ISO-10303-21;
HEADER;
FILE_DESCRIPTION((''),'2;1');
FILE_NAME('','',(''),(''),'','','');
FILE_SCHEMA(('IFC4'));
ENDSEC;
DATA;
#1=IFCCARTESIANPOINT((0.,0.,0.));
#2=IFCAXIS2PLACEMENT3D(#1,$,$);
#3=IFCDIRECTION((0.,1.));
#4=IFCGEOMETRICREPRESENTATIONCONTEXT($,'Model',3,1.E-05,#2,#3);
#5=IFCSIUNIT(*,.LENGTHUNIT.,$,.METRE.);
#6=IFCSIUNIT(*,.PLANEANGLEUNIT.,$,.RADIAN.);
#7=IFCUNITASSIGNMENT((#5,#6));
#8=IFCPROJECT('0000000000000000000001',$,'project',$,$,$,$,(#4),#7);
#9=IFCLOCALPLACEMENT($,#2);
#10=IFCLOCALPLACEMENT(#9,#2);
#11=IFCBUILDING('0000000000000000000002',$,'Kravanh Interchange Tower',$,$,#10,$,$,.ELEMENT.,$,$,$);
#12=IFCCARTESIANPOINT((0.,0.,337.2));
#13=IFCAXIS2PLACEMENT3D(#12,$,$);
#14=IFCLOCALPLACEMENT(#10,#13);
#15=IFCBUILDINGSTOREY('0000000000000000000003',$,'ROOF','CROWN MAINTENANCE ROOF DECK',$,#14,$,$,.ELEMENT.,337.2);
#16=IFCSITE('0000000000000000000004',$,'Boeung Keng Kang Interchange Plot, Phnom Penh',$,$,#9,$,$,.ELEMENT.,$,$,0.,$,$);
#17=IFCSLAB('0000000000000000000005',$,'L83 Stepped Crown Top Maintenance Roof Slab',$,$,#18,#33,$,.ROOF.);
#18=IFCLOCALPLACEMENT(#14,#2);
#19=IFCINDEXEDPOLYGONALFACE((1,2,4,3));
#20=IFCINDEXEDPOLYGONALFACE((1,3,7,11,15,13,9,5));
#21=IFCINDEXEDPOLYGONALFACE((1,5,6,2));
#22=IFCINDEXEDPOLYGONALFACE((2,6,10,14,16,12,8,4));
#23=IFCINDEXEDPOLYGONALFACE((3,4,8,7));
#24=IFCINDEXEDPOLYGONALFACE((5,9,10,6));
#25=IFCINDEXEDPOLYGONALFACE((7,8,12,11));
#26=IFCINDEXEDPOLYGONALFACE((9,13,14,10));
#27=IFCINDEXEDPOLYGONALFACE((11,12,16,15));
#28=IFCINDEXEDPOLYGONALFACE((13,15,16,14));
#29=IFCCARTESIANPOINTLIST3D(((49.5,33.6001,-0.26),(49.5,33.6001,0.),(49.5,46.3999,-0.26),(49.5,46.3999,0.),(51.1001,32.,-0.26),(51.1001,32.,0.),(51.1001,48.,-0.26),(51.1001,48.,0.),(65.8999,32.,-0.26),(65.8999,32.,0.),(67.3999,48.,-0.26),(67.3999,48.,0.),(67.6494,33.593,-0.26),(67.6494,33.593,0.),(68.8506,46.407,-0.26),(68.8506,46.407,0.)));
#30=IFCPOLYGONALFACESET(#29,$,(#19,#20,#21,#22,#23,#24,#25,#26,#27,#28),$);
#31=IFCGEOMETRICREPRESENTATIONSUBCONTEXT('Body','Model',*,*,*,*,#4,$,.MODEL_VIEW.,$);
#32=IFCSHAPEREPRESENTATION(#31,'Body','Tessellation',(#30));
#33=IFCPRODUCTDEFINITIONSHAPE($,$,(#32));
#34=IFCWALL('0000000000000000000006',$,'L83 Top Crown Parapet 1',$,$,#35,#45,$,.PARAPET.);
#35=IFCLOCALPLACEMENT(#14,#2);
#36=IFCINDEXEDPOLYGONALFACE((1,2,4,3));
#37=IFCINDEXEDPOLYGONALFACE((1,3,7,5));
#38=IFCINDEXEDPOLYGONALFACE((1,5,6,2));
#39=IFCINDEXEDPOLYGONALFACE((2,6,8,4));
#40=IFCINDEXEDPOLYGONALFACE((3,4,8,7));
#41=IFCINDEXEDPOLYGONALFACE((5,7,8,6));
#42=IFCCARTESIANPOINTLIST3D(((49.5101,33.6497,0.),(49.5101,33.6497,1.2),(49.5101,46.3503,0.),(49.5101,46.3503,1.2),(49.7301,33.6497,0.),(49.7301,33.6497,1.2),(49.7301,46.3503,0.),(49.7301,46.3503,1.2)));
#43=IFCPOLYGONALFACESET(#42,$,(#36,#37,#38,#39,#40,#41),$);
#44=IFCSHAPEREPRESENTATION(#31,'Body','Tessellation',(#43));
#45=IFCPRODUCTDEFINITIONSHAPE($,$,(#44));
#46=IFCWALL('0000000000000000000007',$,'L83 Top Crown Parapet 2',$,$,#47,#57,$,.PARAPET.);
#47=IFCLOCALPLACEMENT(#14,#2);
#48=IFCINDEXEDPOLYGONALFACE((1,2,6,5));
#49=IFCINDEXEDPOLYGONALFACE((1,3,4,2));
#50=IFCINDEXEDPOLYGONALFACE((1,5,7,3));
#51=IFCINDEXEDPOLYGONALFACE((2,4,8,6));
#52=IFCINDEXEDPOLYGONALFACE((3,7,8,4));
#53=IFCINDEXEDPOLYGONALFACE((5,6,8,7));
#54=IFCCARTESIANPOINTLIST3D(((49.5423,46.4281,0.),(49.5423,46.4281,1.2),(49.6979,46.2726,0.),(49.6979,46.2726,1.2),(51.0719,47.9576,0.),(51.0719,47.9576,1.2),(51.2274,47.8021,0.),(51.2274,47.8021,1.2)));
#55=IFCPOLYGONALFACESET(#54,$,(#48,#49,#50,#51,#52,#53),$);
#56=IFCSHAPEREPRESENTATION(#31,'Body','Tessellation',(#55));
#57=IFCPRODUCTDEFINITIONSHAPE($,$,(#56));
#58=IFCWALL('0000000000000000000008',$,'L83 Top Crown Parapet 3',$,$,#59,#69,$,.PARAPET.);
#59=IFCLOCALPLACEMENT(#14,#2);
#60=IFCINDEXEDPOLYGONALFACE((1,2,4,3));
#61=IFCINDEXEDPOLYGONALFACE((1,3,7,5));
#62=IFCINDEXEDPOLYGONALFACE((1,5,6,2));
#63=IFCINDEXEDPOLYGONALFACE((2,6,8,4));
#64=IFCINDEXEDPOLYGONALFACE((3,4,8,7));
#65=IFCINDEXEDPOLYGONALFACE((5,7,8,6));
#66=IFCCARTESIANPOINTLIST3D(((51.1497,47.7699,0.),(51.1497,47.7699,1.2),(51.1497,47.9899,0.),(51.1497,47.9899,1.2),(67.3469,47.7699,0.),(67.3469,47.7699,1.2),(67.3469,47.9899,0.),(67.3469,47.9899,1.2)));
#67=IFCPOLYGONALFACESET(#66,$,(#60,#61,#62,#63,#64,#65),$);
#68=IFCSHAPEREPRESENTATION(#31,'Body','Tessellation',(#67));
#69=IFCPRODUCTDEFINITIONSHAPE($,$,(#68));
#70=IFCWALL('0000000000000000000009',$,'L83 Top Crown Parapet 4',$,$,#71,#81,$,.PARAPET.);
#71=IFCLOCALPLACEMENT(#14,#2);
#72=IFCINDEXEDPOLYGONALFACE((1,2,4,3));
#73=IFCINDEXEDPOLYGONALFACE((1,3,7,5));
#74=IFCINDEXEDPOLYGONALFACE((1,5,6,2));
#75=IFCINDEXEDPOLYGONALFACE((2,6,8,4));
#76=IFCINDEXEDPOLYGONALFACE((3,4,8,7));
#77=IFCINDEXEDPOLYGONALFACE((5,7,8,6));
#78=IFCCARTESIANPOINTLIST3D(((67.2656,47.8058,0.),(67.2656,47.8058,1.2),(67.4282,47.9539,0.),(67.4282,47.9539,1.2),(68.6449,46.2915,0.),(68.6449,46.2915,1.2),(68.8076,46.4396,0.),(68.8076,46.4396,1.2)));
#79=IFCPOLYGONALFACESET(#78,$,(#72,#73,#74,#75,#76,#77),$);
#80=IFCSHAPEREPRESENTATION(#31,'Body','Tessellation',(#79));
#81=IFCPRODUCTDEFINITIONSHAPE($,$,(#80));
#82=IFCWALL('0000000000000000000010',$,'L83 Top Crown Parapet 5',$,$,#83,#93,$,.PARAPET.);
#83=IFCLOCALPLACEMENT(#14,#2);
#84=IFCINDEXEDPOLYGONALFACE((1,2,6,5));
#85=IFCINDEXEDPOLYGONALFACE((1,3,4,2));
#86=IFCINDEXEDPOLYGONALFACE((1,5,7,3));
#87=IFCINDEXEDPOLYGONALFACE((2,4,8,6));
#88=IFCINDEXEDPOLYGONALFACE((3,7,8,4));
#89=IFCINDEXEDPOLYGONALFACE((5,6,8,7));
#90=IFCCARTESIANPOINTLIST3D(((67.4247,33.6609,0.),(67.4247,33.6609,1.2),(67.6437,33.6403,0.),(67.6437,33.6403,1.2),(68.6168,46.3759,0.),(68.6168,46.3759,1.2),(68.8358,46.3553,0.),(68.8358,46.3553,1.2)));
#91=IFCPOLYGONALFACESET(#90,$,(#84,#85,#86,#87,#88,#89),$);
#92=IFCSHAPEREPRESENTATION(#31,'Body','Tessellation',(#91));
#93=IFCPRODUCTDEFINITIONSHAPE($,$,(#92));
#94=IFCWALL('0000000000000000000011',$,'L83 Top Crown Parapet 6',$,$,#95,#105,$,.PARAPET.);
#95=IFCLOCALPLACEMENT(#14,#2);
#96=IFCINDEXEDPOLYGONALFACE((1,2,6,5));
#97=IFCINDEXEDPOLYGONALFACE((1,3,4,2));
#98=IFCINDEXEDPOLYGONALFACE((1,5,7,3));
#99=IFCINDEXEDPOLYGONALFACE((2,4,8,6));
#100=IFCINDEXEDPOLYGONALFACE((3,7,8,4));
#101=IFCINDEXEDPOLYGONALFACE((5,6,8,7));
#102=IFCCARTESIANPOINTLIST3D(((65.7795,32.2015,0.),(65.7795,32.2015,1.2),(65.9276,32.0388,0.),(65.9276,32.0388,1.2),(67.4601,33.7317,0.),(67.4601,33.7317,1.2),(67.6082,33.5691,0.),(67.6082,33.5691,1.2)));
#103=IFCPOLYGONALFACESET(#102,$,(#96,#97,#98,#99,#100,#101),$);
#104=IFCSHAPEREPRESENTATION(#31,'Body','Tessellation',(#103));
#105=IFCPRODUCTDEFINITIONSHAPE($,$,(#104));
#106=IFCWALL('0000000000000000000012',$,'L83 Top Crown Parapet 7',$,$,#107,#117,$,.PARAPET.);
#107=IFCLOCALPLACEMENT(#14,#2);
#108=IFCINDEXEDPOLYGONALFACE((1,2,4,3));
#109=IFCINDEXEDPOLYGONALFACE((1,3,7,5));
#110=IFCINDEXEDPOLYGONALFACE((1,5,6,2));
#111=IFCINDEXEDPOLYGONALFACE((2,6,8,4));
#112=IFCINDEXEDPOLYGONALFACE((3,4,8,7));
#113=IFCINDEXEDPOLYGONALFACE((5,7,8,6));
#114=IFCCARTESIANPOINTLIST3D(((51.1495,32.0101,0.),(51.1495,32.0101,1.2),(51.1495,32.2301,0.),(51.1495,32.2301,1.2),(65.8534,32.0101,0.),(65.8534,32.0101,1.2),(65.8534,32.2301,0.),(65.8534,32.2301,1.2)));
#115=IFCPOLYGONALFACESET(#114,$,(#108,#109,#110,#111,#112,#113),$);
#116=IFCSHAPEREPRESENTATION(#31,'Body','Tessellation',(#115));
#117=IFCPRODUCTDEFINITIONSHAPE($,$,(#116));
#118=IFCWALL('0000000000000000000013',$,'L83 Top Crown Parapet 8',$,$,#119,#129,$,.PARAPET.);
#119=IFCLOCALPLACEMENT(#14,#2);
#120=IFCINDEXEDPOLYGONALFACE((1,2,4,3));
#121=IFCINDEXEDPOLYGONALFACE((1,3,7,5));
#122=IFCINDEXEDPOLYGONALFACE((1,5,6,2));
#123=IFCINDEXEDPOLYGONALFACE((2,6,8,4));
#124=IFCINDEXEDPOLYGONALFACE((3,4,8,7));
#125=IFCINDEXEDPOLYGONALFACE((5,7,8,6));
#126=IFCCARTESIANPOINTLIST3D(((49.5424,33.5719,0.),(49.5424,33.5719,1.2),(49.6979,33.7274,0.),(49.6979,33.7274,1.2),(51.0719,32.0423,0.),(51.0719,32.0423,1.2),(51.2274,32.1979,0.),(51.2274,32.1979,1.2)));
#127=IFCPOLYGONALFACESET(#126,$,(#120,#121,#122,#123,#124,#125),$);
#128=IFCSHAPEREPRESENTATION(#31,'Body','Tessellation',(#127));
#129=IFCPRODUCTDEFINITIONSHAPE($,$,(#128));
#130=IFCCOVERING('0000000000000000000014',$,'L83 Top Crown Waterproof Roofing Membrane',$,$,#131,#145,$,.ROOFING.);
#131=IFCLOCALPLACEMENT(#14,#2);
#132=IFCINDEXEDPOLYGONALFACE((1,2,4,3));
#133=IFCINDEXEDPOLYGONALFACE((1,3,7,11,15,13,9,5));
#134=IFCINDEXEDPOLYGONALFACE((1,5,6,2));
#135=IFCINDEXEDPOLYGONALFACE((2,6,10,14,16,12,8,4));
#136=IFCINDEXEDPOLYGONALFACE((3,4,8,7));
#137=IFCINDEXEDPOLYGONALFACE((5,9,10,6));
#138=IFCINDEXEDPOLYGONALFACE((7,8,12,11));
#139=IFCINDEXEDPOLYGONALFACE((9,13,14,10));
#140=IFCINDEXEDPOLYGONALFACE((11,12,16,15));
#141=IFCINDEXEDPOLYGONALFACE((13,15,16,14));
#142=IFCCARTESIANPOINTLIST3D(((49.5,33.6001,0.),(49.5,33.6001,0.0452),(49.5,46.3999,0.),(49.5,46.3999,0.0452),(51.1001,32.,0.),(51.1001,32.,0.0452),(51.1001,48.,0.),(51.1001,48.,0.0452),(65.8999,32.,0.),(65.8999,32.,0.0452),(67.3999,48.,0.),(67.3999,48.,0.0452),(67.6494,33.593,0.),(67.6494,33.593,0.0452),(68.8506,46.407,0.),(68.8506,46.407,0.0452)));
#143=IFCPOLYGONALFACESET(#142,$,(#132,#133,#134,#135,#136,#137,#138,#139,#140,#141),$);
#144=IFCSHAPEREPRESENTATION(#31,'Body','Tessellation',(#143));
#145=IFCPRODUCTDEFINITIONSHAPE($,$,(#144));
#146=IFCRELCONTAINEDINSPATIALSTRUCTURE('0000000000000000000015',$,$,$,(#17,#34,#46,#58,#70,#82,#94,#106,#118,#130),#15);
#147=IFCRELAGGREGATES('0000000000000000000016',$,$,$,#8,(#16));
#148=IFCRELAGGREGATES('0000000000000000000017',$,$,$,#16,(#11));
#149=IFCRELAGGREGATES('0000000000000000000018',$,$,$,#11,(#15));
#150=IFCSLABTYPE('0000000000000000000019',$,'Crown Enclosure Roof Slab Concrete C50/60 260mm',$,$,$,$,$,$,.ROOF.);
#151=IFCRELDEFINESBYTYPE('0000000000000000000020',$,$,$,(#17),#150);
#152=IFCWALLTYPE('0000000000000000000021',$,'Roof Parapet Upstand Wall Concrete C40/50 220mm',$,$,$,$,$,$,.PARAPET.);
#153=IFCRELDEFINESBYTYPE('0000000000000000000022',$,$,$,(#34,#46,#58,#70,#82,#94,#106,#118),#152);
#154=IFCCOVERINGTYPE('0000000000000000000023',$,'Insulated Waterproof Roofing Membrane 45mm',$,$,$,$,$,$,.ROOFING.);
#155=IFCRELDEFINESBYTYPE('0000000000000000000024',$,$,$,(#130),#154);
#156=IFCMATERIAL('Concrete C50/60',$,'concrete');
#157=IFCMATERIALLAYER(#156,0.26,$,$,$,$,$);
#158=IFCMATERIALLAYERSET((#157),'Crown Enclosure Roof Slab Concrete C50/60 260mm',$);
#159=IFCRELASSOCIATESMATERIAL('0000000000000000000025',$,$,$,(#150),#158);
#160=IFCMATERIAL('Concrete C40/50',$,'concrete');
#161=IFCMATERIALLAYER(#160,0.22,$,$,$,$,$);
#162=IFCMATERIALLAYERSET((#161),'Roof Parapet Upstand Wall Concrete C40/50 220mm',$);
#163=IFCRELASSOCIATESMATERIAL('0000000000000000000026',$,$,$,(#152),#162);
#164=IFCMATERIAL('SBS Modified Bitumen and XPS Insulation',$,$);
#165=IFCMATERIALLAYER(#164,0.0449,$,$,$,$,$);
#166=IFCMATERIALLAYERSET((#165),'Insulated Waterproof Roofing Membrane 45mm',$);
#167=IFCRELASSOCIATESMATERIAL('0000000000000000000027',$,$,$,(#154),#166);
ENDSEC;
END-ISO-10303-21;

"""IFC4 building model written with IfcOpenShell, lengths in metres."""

from ifc_helpers import new_model, si_unit, direction, frame, frame_2d, origin, place, context, subcontext, project, spatial, polyline, rectangle, outline, extrude, material, layer, layer_set, type_object, element, save


model = new_model("IFC4")

# Units and contexts
model_context = context("Model", 3, precision=1e-05, world=origin(), true_north=direction((0.0, 1.0)))
body_context = subcontext(model_context, "Body", "Model", "MODEL_VIEW")
ifc_project = project(units=[si_unit("LENGTHUNIT", "METRE"), si_unit("PLANEANGLEUNIT", "RADIAN")], contexts=[model_context])

# Site, building, storey
site_placement = place(None, origin())
site = spatial("IfcSite", under=ifc_project, at=site_placement, Name="Boeung Keng Kang Interchange Plot, Phnom Penh", CompositionType="ELEMENT", RefElevation=0.0)
building_placement = place(site_placement, origin())
building = spatial("IfcBuilding", under=site, at=building_placement, Name="Kravanh Interchange Tower", CompositionType="ELEMENT")
storey_placement = place(building_placement, frame((0.0, 0.0, 337.2)))
storey = spatial("IfcBuildingStorey", under=building, at=storey_placement, Name="ROOF", Description="CROWN MAINTENANCE ROOF DECK", CompositionType="ELEMENT", Elevation=337.2)

# Slab
ifc_material_1 = material(Name="Concrete C50/60", Category="concrete")
ifc_layer_1 = layer(ifc_material_1, 0.26)
ifc_layer_set_1 = layer_set([ifc_layer_1], Name="Crown Enclosure Roof Slab Concrete C50/60 260mm")
slab_type = type_object("IfcSlabType", Name="Crown Enclosure Roof Slab Concrete C50/60 260mm", PredefinedType="ROOF", material=ifc_layer_set_1)
slab_placement = place(storey_placement, frame((0.0, 0.0, -0.26)))
element("IfcSlab", 1, at=slab_placement, inside=storey, type_object=slab_type, Name="L83 Stepped Crown Top Maintenance Roof Slab", PredefinedType="ROOF", context=body_context, shape_type="SweptSolid", body=[
    extrude(outline(polyline([(49.5, 33.6001), (51.1001, 32.0), (65.8999, 32.0), (67.6494, 33.593), (68.8506, 46.407), (67.3999, 48.0), (51.1001, 48.0), (49.5, 46.3999), (49.5, 33.6001)])), origin(), (0.0, 0.0, 1.0), 0.26),
])

# Walls
ifc_material_2 = material(Name="Concrete C40/50", Category="concrete")
ifc_layer_2 = layer(ifc_material_2, 0.22)
ifc_layer_set_2 = layer_set([ifc_layer_2], Name="Roof Parapet Upstand Wall Concrete C40/50 220mm")
wall_type = type_object("IfcWallType", Name="Roof Parapet Upstand Wall Concrete C40/50 220mm", PredefinedType="PARAPET", material=ifc_layer_set_2)
wall_1_placement = place(storey_placement, frame((49.6201, 33.6497, 0.0), z_axis=(0.0, 0.0, 1.0), x_axis=(0.0, 1.0, 0.0)))
element("IfcWall", 2, at=wall_1_placement, inside=storey, type_object=wall_type, Name="L83 Top Crown Parapet 1", PredefinedType="PARAPET", context=body_context, shape_type="SweptSolid", body=[
    extrude(rectangle(XDim=12.7007, YDim=0.22, at=frame_2d((6.3503, 0.0))), origin(), (0.0, 0.0, 1.0), 1.2),
])
wall_2_placement = place(storey_placement, frame((49.6201, 46.3503, 0.0), z_axis=(0.0, 0.0, 1.0), x_axis=(0.707107, 0.707107, 0.0)))
element("IfcWall", 3, at=wall_2_placement, inside=storey, type_object=wall_type, Name="L83 Top Crown Parapet 2", PredefinedType="PARAPET", context=body_context, shape_type="SweptSolid", body=[
    extrude(rectangle(XDim=2.1631, YDim=0.22, at=frame_2d((1.0815, 0.0))), origin(), (0.0, 0.0, 1.0), 1.2),
])
wall_3_placement = place(storey_placement, frame((51.1497, 47.8799, 0.0), z_axis=(0.0, 0.0, 1.0), x_axis=(1.0, 0.0, 0.0)))
element("IfcWall", 4, at=wall_3_placement, inside=storey, type_object=wall_type, Name="L83 Top Crown Parapet 3", PredefinedType="PARAPET", context=body_context, shape_type="SweptSolid", body=[
    extrude(rectangle(XDim=16.1973, YDim=0.22, at=frame_2d((8.0986, 0.0))), origin(), (0.0, 0.0, 1.0), 1.2),
])
wall_4_placement = place(storey_placement, frame((67.3469, 47.8799, 0.0), z_axis=(0.0, 0.0, 1.0), x_axis=(0.673384, -0.739293, 0.0)))
element("IfcWall", 5, at=wall_4_placement, inside=storey, type_object=wall_type, Name="L83 Top Crown Parapet 4", PredefinedType="PARAPET", context=body_context, shape_type="SweptSolid", body=[
    extrude(rectangle(XDim=2.0483, YDim=0.22, at=frame_2d((1.0242, 0.0))), origin(), (0.0, 0.0, 1.0), 1.2),
])
wall_5_placement = place(storey_placement, frame((68.7263, 46.3655, 0.0), z_axis=(0.0, 0.0, 1.0), x_axis=(-0.093348, -0.995634, 0.0)))
element("IfcWall", 6, at=wall_5_placement, inside=storey, type_object=wall_type, Name="L83 Top Crown Parapet 5", PredefinedType="PARAPET", context=body_context, shape_type="SweptSolid", body=[
    extrude(rectangle(XDim=12.7708, YDim=0.22, at=frame_2d((6.3853, 0.0))), origin(), (0.0, 0.0, 1.0), 1.2),
])
wall_6_placement = place(storey_placement, frame((67.5342, 33.6504, 0.0), z_axis=(0.0, 0.0, 1.0), x_axis=(-0.739415, -0.67325, 0.0)))
element("IfcWall", 7, at=wall_6_placement, inside=storey, type_object=wall_type, Name="L83 Top Crown Parapet 6", PredefinedType="PARAPET", context=body_context, shape_type="SweptSolid", body=[
    extrude(rectangle(XDim=2.2729, YDim=0.22, at=frame_2d((1.1365, 0.0))), origin(), (0.0, 0.0, 1.0), 1.2),
])
wall_7_placement = place(storey_placement, frame((65.8535, 32.1201, 0.0), z_axis=(0.0, 0.0, 1.0), x_axis=(-1.0, 0.0, 0.0)))
element("IfcWall", 8, at=wall_7_placement, inside=storey, type_object=wall_type, Name="L83 Top Crown Parapet 7", PredefinedType="PARAPET", context=body_context, shape_type="SweptSolid", body=[
    extrude(rectangle(XDim=14.7039, YDim=0.22, at=frame_2d((7.3521, 0.0))), origin(), (0.0, 0.0, 1.0), 1.2),
])
wall_8_placement = place(storey_placement, frame((51.1497, 32.1201, 0.0), z_axis=(0.0, 0.0, 1.0), x_axis=(-0.707107, 0.707107, 0.0)))
element("IfcWall", 9, at=wall_8_placement, inside=storey, type_object=wall_type, Name="L83 Top Crown Parapet 8", PredefinedType="PARAPET", context=body_context, shape_type="SweptSolid", body=[
    extrude(rectangle(XDim=2.1631, YDim=0.22, at=frame_2d((1.0815, 0.0))), origin(), (0.0, 0.0, 1.0), 1.2),
])

# Covering
ifc_material_3 = material(Name="SBS Modified Bitumen and XPS Insulation")
ifc_layer_3 = layer(ifc_material_3, 0.0449)
ifc_layer_set_3 = layer_set([ifc_layer_3], Name="Insulated Waterproof Roofing Membrane 45mm")
covering_type = type_object("IfcCoveringType", Name="Insulated Waterproof Roofing Membrane 45mm", PredefinedType="ROOFING", material=ifc_layer_set_3)
covering_placement = place(storey_placement, origin())
element("IfcCovering", 10, at=covering_placement, inside=storey, type_object=covering_type, Name="L83 Top Crown Waterproof Roofing Membrane", PredefinedType="ROOFING", context=body_context, shape_type="SweptSolid", body=[
    extrude(outline(polyline([(49.5, 33.6001), (51.1001, 32.0), (65.8999, 32.0), (67.6494, 33.593), (68.8506, 46.407), (67.3999, 48.0), (51.1001, 48.0), (49.5, 46.3999), (49.5, 33.6001)])), origin(), (0.0, 0.0, 1.0), 0.0452),
])

save(model, "model.ifc")
